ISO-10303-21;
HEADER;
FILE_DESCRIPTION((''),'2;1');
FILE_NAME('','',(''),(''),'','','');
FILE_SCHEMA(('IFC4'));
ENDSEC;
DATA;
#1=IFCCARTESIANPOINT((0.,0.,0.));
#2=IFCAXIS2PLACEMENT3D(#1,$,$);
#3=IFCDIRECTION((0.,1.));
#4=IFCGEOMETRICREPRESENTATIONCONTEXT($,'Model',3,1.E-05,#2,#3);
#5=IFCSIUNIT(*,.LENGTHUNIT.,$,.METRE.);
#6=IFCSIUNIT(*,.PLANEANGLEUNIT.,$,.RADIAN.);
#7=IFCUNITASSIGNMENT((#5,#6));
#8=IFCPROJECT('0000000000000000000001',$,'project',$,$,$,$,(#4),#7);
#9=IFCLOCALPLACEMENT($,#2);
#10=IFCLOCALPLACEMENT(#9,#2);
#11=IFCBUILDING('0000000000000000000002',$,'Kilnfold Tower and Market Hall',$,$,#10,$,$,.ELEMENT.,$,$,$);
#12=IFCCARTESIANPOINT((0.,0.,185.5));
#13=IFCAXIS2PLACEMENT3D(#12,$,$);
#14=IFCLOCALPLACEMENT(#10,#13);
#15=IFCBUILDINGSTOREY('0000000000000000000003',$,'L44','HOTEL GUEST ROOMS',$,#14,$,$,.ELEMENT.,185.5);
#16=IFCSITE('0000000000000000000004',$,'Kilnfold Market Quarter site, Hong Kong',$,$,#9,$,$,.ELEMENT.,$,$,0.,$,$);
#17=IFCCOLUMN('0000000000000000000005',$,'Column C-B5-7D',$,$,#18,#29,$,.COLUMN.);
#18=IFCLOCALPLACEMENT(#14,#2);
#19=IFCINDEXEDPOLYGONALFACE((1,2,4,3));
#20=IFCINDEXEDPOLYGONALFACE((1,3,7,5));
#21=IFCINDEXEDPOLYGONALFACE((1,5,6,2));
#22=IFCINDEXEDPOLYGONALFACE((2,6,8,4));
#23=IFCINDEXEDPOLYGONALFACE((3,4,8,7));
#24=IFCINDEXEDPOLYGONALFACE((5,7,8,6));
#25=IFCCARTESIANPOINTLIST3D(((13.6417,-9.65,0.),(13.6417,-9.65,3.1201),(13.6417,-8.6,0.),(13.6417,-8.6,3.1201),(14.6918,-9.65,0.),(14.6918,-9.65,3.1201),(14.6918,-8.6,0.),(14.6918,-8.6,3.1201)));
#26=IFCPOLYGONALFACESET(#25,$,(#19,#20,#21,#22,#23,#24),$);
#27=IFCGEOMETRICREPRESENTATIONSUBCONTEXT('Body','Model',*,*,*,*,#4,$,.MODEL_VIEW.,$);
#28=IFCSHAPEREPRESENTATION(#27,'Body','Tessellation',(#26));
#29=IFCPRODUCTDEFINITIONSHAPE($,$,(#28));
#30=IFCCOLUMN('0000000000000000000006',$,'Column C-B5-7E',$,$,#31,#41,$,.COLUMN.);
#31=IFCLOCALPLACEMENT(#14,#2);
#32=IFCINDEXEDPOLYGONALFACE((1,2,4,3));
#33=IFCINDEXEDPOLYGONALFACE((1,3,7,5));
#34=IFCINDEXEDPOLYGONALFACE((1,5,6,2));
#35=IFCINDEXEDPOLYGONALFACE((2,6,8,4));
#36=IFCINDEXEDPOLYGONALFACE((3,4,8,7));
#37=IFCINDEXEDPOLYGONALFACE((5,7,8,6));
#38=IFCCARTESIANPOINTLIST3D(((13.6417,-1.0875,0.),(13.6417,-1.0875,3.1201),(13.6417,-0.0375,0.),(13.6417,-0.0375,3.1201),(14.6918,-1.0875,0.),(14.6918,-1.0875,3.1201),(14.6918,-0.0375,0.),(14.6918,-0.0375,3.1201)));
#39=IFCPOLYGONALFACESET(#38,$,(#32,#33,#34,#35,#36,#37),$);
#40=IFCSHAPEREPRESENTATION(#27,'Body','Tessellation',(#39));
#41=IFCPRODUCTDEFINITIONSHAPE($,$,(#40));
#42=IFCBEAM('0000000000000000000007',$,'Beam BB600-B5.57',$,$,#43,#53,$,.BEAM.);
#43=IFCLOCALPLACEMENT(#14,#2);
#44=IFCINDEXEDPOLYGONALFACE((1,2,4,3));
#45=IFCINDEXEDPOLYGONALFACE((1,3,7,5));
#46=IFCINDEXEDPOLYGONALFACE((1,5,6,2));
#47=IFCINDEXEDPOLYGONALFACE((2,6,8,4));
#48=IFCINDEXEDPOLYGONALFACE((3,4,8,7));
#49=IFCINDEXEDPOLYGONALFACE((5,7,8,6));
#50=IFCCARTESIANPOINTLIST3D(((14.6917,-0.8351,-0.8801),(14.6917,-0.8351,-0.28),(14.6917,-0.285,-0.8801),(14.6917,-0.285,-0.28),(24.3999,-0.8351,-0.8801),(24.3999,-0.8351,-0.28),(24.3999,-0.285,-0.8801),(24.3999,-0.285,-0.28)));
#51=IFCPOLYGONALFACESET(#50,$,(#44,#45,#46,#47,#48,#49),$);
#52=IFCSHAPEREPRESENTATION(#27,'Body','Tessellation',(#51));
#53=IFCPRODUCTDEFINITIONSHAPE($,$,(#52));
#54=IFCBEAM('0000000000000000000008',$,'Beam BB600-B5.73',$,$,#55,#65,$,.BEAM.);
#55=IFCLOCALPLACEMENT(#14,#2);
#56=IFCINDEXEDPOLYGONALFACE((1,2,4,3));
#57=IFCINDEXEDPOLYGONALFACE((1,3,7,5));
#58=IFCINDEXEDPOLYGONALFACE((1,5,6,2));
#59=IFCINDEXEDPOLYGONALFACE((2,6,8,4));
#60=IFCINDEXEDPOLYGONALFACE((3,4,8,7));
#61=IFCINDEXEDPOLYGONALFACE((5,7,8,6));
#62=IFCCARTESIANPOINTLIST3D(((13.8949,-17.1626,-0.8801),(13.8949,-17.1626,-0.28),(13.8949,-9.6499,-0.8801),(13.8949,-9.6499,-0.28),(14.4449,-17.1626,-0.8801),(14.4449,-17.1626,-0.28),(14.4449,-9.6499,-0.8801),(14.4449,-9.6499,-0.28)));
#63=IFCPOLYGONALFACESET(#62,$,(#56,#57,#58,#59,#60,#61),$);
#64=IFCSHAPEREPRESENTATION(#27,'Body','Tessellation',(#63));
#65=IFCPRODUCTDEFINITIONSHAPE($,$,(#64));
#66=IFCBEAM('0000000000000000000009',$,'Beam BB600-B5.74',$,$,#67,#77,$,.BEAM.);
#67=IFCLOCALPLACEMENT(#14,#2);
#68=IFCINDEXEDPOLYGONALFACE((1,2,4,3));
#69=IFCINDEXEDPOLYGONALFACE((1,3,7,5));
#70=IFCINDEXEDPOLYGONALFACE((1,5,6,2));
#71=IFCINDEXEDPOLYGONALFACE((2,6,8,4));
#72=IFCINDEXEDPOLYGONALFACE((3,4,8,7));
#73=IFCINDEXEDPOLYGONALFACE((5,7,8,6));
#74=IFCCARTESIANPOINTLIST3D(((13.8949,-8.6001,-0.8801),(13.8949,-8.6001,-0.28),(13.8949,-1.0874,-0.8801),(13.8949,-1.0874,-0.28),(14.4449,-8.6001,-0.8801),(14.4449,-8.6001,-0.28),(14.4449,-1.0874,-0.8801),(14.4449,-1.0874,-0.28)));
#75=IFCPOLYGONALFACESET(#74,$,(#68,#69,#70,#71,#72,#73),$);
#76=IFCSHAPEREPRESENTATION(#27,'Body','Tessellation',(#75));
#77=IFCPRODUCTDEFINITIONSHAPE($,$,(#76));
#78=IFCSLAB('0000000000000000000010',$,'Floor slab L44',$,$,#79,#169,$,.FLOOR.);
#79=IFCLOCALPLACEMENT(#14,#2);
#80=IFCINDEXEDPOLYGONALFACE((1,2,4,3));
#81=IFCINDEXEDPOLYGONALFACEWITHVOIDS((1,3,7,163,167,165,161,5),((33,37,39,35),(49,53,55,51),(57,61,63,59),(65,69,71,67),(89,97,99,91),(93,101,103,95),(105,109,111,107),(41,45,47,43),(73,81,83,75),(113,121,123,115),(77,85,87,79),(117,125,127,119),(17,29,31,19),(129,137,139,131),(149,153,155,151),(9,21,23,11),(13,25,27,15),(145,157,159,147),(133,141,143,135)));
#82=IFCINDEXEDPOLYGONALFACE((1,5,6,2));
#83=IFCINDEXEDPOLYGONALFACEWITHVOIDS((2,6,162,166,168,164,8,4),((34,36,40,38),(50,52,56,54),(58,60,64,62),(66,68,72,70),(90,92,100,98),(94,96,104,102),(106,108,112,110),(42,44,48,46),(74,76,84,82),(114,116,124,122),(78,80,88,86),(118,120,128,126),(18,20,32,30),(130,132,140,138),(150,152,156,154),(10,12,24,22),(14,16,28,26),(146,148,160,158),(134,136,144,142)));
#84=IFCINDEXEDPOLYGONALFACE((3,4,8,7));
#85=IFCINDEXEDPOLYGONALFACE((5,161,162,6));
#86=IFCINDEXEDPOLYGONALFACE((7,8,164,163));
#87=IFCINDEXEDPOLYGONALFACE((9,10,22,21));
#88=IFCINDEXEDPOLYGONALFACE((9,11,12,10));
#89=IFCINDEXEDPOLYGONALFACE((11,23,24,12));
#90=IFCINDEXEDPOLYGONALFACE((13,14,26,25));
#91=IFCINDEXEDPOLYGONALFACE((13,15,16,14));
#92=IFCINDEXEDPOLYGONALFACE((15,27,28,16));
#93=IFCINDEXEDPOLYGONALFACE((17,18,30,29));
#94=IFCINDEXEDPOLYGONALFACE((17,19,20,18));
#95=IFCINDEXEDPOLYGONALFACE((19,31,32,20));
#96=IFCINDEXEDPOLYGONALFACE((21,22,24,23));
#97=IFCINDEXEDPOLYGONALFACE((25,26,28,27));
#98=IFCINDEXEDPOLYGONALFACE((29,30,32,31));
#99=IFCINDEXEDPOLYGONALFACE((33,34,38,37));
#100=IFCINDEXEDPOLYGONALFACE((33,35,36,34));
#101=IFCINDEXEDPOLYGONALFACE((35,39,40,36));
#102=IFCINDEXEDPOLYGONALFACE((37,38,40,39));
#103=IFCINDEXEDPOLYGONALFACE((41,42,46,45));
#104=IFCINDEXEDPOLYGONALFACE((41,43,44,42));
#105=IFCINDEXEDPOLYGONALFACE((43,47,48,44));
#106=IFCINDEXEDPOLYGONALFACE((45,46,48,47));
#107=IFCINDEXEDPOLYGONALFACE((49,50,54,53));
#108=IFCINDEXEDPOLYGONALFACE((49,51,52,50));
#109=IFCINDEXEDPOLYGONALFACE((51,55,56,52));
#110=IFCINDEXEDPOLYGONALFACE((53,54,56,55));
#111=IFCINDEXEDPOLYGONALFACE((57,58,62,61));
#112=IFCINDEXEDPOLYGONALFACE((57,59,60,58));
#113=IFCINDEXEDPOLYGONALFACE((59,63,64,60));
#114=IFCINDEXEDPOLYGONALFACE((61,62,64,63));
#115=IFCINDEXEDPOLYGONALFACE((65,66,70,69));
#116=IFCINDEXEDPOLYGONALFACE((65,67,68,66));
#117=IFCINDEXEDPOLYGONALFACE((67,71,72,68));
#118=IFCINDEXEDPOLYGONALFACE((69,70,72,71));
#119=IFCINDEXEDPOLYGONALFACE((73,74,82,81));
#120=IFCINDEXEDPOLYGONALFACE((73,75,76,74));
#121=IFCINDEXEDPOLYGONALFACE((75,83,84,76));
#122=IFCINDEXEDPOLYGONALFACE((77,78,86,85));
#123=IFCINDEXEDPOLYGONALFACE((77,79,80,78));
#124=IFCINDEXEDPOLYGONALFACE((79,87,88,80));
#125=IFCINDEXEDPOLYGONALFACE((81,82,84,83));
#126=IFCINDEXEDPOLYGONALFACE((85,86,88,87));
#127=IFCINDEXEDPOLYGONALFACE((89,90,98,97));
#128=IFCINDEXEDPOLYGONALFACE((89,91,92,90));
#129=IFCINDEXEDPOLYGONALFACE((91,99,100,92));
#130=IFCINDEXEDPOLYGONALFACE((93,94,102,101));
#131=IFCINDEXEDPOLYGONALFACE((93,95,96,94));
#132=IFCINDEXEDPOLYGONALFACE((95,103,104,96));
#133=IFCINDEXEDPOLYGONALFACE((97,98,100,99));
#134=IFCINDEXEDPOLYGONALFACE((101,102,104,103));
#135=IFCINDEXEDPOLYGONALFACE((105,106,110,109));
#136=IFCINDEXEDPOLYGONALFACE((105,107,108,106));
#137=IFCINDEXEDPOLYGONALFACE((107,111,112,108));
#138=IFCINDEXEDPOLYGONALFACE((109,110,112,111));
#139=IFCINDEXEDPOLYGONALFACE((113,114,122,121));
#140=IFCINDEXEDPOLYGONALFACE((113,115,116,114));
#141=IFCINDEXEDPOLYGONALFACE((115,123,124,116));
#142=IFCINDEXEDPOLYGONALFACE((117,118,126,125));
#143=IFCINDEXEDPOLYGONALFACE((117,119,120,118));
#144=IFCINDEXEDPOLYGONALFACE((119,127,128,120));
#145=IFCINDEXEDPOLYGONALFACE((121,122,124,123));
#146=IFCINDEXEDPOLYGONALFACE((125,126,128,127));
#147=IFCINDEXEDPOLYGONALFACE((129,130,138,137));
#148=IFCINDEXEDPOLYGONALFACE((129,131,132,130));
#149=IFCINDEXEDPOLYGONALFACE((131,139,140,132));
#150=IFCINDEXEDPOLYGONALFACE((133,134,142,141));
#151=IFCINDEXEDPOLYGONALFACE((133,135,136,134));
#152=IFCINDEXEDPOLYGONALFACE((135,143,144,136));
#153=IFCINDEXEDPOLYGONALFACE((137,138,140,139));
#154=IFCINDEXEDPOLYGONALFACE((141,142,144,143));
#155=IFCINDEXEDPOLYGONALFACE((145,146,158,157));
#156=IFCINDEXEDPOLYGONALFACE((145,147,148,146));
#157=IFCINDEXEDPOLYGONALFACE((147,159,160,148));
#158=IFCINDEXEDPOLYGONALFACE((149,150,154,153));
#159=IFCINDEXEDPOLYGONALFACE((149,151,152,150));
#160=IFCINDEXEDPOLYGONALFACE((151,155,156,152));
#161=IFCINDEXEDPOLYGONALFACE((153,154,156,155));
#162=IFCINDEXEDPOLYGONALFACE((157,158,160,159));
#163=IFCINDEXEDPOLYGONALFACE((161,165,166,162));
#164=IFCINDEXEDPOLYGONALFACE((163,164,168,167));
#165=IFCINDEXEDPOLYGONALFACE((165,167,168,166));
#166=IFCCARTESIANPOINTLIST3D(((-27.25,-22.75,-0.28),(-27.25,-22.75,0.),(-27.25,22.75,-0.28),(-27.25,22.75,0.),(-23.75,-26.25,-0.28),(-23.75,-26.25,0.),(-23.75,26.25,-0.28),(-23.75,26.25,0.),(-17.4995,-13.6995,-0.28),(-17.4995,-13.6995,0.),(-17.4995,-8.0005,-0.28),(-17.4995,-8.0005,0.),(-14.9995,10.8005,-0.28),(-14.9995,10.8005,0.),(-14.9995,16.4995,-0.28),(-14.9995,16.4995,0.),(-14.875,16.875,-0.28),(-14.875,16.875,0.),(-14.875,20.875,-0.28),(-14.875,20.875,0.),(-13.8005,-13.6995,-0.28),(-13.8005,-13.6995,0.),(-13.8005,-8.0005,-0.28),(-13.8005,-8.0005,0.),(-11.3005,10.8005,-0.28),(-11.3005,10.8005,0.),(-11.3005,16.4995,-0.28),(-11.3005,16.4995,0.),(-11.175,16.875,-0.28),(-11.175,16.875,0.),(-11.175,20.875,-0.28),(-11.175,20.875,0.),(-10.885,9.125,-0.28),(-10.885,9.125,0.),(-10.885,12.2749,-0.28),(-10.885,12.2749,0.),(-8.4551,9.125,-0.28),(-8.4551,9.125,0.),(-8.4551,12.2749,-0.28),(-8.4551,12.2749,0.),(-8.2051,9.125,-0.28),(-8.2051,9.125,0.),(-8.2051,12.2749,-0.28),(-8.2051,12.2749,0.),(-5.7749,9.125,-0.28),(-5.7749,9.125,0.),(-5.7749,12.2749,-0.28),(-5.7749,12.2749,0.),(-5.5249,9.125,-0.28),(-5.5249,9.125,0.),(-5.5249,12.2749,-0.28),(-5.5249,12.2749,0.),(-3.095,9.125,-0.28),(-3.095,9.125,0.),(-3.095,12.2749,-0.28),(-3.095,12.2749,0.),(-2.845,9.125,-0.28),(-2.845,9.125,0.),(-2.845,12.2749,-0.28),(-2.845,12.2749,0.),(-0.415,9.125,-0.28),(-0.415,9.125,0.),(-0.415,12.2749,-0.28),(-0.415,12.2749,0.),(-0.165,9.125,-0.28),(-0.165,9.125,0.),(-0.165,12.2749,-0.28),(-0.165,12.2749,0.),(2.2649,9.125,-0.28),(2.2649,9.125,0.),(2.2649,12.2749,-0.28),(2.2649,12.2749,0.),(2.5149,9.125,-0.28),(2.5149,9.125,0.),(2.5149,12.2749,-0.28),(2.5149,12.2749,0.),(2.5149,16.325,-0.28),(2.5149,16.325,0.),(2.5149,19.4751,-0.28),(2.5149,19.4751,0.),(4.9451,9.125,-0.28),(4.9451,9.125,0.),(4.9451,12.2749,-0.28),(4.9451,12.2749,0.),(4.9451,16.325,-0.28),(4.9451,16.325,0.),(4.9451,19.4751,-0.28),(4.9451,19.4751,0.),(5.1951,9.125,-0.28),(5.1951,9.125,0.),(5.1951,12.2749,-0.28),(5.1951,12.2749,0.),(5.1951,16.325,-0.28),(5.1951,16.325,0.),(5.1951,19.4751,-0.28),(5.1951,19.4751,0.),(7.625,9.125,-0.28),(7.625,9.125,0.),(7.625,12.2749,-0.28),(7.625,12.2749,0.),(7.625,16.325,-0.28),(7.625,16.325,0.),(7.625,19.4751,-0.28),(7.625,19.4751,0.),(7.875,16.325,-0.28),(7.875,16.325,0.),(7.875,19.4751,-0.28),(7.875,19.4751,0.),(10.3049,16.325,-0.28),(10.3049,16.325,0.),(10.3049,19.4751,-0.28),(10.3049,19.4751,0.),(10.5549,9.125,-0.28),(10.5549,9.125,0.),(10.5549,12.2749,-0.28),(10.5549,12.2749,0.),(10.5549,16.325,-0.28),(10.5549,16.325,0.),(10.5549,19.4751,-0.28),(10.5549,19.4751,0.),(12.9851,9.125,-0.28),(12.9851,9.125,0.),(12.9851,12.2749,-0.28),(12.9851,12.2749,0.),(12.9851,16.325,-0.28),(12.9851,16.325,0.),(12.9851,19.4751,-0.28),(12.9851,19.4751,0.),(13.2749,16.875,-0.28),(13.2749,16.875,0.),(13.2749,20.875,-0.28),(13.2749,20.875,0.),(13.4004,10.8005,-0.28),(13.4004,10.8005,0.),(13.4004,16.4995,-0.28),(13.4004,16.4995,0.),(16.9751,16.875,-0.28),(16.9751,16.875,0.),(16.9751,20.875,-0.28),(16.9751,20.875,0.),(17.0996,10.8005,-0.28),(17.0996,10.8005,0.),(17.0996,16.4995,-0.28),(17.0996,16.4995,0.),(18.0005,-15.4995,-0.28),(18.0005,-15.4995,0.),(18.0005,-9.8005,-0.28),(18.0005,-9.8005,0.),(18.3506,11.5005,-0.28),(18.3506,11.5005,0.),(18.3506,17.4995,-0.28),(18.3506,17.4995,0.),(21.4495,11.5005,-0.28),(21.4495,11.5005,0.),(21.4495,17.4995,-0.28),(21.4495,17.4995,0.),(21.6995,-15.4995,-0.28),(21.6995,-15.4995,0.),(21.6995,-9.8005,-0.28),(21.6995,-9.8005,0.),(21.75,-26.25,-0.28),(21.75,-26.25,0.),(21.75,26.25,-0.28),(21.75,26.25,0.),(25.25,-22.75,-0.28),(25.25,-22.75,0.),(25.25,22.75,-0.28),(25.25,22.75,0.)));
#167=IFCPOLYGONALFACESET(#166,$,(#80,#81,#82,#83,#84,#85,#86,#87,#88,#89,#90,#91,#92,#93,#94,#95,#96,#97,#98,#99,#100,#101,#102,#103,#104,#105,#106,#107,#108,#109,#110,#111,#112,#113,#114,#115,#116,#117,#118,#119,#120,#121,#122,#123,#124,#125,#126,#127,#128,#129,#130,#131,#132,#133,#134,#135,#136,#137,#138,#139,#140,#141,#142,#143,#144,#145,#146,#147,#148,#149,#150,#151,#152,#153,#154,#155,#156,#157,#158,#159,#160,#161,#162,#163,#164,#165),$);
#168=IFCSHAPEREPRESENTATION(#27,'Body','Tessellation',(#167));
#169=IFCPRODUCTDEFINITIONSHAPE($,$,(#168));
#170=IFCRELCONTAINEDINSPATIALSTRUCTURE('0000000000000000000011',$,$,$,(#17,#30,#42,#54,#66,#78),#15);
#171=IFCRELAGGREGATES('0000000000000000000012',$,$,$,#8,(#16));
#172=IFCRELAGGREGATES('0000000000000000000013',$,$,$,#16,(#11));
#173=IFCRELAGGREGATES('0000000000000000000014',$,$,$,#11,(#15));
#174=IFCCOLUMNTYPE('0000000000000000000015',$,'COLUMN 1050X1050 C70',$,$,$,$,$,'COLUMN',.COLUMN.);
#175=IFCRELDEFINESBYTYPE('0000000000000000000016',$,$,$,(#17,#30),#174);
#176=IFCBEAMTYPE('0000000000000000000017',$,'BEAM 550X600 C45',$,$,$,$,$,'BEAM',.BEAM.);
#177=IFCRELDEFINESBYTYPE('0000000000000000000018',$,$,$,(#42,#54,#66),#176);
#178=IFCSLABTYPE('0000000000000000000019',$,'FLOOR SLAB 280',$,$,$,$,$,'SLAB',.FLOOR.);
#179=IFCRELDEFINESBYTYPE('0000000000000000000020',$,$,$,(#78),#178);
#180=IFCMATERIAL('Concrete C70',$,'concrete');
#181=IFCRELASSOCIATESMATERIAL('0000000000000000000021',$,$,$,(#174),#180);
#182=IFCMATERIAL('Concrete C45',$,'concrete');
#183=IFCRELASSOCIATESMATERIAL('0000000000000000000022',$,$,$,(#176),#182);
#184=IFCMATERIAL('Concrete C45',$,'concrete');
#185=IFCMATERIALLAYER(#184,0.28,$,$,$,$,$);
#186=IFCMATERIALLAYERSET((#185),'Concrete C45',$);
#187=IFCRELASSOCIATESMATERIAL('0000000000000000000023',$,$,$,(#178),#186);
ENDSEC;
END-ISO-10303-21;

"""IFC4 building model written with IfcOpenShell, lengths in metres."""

from ifc_helpers import new_model, si_unit, direction, frame, origin, origin_2d, place, context, subcontext, project, spatial, polyline, rectangle, outline, extrude, source, transform, mapped, material, layer, layer_set, material_profile, profile_set, type_object, element, save


model = new_model("IFC4")

# Units and contexts
model_context = context("Model", 3, precision=1e-05, world=origin(), true_north=direction((0.0, 1.0)))
body_context = subcontext(model_context, "Body", "Model", "MODEL_VIEW")
ifc_project = project(units=[si_unit("LENGTHUNIT", "METRE"), si_unit("PLANEANGLEUNIT", "RADIAN")], contexts=[model_context])

# Site, building, storey
site_placement = place(None, origin())
site = spatial("IfcSite", under=ifc_project, at=site_placement, Name="Kilnfold Market Quarter site, Hong Kong", CompositionType="ELEMENT", RefElevation=0.0)
building_placement = place(site_placement, origin())
building = spatial("IfcBuilding", under=site, at=building_placement, Name="Kilnfold Tower and Market Hall", CompositionType="ELEMENT")
storey_placement = place(building_placement, frame((0.0, 0.0, 185.5)))
storey = spatial("IfcBuildingStorey", under=building, at=storey_placement, Name="L44", Description="HOTEL GUEST ROOMS", CompositionType="ELEMENT", Elevation=185.5)

# Columns
ifc_material_1 = material(Name="Concrete C70", Category="concrete")
ifc_material_profile_1 = material_profile(ifc_material_1, rectangle(XDim=1.05, YDim=1.05, at=origin_2d()), Name="RC 1050x1050")
ifc_profile_set_1 = profile_set([ifc_material_profile_1], Name="Concrete C70")
column_type = type_object("IfcColumnType", Name="COLUMN 1050X1050 C70", ElementType="COLUMN", PredefinedType="COLUMN", material=ifc_profile_set_1)
shared_shape_1 = source(origin(), body_context, "Body", "SweptSolid", [
    extrude(rectangle(XDim=1.05, YDim=1.05, at=origin_2d()), origin(), (0.0, 0.0, 1.0), 3.1201),
])
for number, where, z_axis, x_axis, name in (
    (1, (14.1667, -9.125, 0.0), (0.0, 0.0, 1.0), (1.0, 0.0, 0.0), "Column C-B5-7D"),
    (2, (14.1667, -0.5625, 0.0), (0.0, 0.0, 1.0), (1.0, 0.0, 0.0), "Column C-B5-7E"),
):
    element("IfcColumn", number, at=place(storey_placement, frame(where, z_axis=z_axis, x_axis=x_axis)), inside=storey, type_object=column_type, Name=name, PredefinedType="COLUMN", context=body_context, shape_type="MappedRepresentation", body=[
        mapped(shared_shape_1, transform((0.0, 0.0, 0.0))),
    ])

# Beams
ifc_material_2 = material(Name="Concrete C45", Category="concrete")
ifc_material_profile_2 = material_profile(ifc_material_2, rectangle(XDim=0.55, YDim=0.6001, at=origin_2d()), Name="RC 550x600")
ifc_profile_set_2 = profile_set([ifc_material_profile_2], Name="Concrete C45")
beam_type = type_object("IfcBeamType", Name="BEAM 550X600 C45", ElementType="BEAM", PredefinedType="BEAM", material=ifc_profile_set_2)
shared_shape_2 = source(origin(), body_context, "Body", "SweptSolid", [
    extrude(rectangle(XDim=0.55, YDim=0.6001, at=origin_2d()), origin(), (0.0, 0.0, 1.0), 9.7083),
])
beam_placement = place(storey_placement, frame((14.6917, -0.5601, -0.5801), z_axis=(1.0, 0.0, 0.0), x_axis=(0.0, 1.0, 0.0)))
element("IfcBeam", 3, at=beam_placement, inside=storey, type_object=beam_type, Name="Beam BB600-B5.57", PredefinedType="BEAM", context=body_context, shape_type="MappedRepresentation", body=[
    mapped(shared_shape_2, transform((0.0, 0.0, 0.0))),
])
shared_shape_3 = source(origin(), body_context, "Body", "SweptSolid", [
    extrude(rectangle(XDim=0.55, YDim=0.6001, at=origin_2d()), origin(), (0.0, 0.0, 1.0), 7.5127),
])
for number, where, z_axis, x_axis, name in (
    (4, (14.1699, -17.1626, -0.5801), (0.0, 1.0, 0.0), (-1.0, 0.0, 0.0), "Beam BB600-B5.73"),
    (5, (14.1699, -8.6001, -0.5801), (0.0, 1.0, 0.0), (-1.0, 0.0, 0.0), "Beam BB600-B5.74"),
):
    element("IfcBeam", number, at=place(storey_placement, frame(where, z_axis=z_axis, x_axis=x_axis)), inside=storey, type_object=beam_type, Name=name, PredefinedType="BEAM", context=body_context, shape_type="MappedRepresentation", body=[
        mapped(shared_shape_3, transform((0.0, 0.0, 0.0))),
    ])

# Slab
ifc_material_3 = material(Name="Concrete C45", Category="concrete")
ifc_layer_1 = layer(ifc_material_3, 0.28)
ifc_layer_set_1 = layer_set([ifc_layer_1], Name="Concrete C45")
slab_type_1 = type_object("IfcSlabType", Name="FLOOR SLAB 280", ElementType="SLAB", PredefinedType="FLOOR", material=ifc_layer_set_1)
shared_shape_4 = source(origin(), body_context, "Body", "SweptSolid", [
    extrude(outline(polyline([(-23.75, -26.25), (21.75, -26.25), (25.25, -22.75), (25.25, 22.75), (21.75, 26.25), (-23.75, 26.25), (-27.25, 22.75), (-27.25, -22.75), (-23.75, -26.25)]), holes=[polyline([(-13.8005, -13.6995), (-17.4995, -13.6995), (-17.4995, -8.0005), (-13.8005, -8.0005), (-13.8005, -13.6995)]), polyline([(-14.9995, 10.8005), (-14.9995, 16.4995), (-11.3005, 16.4995), (-11.3005, 10.8005), (-14.9995, 10.8005)]), polyline([(-11.175, 16.875), (-14.875, 16.875), (-14.875, 20.875), (-11.175, 20.875), (-11.175, 16.875)]), polyline([(-8.4551, 9.125), (-10.885, 9.125), (-10.885, 12.2749), (-8.4551, 12.2749), (-8.4551, 9.125)]), polyline([(-5.7749, 9.125), (-8.2051, 9.125), (-8.2051, 12.2749), (-5.7749, 12.2749), (-5.7749, 9.125)]), polyline([(-3.095, 9.125), (-5.5249, 9.125), (-5.5249, 12.2749), (-3.095, 12.2749), (-3.095, 9.125)]), polyline([(-0.415, 9.125), (-2.845, 9.125), (-2.845, 12.2749), (-0.415, 12.2749), (-0.415, 9.125)]), polyline([(2.2649, 9.125), (-0.165, 9.125), (-0.165, 12.2749), (2.2649, 12.2749), (2.2649, 9.125)]), polyline([(4.9451, 9.125), (2.5149, 9.125), (2.5149, 12.2749), (4.9451, 12.2749), (4.9451, 9.125)]), polyline([(2.5149, 16.325), (2.5149, 19.4751), (4.9451, 19.4751), (4.9451, 16.325), (2.5149, 16.325)]), polyline([(7.625, 9.125), (5.1951, 9.125), (5.1951, 12.2749), (7.625, 12.2749), (7.625, 9.125)]), polyline([(7.625, 16.325), (5.1951, 16.325), (5.1951, 19.4751), (7.625, 19.4751), (7.625, 16.325)]), polyline([(10.3049, 16.325), (7.875, 16.325), (7.875, 19.4751), (10.3049, 19.4751), (10.3049, 16.325)]), polyline([(10.5549, 9.125), (10.5549, 12.2749), (12.9851, 12.2749), (12.9851, 9.125), (10.5549, 9.125)]), polyline([(10.5549, 16.325), (10.5549, 19.4751), (12.9851, 19.4751), (12.9851, 16.325), (10.5549, 16.325)]), polyline([(13.2749, 16.875), (13.2749, 20.875), (16.9751, 20.875), (16.9751, 16.875), (13.2749, 16.875)]), polyline([(13.4004, 10.8005), (13.4004, 16.4995), (17.0996, 16.4995), (17.0996, 10.8005), (13.4004, 10.8005)]), polyline([(18.0005, -9.8005), (21.6995, -9.8005), (21.6995, -15.4995), (18.0005, -15.4995), (18.0005, -9.8005)]), polyline([(21.4495, 11.5005), (18.3506, 11.5005), (18.3506, 17.4995), (21.4495, 17.4995), (21.4495, 11.5005)])]), origin(), (0.0, 0.0, 1.0), 0.28),
])
slab_1_placement = place(storey_placement, frame((0.0, 0.0, -0.28)))
element("IfcSlab", 6, at=slab_1_placement, inside=storey, type_object=slab_type_1, Name="Floor slab L44", PredefinedType="FLOOR", context=body_context, shape_type="MappedRepresentation", body=[
    mapped(shared_shape_4, transform((0.0, 0.0, 0.0))),
])

save(model, "model.ifc")
